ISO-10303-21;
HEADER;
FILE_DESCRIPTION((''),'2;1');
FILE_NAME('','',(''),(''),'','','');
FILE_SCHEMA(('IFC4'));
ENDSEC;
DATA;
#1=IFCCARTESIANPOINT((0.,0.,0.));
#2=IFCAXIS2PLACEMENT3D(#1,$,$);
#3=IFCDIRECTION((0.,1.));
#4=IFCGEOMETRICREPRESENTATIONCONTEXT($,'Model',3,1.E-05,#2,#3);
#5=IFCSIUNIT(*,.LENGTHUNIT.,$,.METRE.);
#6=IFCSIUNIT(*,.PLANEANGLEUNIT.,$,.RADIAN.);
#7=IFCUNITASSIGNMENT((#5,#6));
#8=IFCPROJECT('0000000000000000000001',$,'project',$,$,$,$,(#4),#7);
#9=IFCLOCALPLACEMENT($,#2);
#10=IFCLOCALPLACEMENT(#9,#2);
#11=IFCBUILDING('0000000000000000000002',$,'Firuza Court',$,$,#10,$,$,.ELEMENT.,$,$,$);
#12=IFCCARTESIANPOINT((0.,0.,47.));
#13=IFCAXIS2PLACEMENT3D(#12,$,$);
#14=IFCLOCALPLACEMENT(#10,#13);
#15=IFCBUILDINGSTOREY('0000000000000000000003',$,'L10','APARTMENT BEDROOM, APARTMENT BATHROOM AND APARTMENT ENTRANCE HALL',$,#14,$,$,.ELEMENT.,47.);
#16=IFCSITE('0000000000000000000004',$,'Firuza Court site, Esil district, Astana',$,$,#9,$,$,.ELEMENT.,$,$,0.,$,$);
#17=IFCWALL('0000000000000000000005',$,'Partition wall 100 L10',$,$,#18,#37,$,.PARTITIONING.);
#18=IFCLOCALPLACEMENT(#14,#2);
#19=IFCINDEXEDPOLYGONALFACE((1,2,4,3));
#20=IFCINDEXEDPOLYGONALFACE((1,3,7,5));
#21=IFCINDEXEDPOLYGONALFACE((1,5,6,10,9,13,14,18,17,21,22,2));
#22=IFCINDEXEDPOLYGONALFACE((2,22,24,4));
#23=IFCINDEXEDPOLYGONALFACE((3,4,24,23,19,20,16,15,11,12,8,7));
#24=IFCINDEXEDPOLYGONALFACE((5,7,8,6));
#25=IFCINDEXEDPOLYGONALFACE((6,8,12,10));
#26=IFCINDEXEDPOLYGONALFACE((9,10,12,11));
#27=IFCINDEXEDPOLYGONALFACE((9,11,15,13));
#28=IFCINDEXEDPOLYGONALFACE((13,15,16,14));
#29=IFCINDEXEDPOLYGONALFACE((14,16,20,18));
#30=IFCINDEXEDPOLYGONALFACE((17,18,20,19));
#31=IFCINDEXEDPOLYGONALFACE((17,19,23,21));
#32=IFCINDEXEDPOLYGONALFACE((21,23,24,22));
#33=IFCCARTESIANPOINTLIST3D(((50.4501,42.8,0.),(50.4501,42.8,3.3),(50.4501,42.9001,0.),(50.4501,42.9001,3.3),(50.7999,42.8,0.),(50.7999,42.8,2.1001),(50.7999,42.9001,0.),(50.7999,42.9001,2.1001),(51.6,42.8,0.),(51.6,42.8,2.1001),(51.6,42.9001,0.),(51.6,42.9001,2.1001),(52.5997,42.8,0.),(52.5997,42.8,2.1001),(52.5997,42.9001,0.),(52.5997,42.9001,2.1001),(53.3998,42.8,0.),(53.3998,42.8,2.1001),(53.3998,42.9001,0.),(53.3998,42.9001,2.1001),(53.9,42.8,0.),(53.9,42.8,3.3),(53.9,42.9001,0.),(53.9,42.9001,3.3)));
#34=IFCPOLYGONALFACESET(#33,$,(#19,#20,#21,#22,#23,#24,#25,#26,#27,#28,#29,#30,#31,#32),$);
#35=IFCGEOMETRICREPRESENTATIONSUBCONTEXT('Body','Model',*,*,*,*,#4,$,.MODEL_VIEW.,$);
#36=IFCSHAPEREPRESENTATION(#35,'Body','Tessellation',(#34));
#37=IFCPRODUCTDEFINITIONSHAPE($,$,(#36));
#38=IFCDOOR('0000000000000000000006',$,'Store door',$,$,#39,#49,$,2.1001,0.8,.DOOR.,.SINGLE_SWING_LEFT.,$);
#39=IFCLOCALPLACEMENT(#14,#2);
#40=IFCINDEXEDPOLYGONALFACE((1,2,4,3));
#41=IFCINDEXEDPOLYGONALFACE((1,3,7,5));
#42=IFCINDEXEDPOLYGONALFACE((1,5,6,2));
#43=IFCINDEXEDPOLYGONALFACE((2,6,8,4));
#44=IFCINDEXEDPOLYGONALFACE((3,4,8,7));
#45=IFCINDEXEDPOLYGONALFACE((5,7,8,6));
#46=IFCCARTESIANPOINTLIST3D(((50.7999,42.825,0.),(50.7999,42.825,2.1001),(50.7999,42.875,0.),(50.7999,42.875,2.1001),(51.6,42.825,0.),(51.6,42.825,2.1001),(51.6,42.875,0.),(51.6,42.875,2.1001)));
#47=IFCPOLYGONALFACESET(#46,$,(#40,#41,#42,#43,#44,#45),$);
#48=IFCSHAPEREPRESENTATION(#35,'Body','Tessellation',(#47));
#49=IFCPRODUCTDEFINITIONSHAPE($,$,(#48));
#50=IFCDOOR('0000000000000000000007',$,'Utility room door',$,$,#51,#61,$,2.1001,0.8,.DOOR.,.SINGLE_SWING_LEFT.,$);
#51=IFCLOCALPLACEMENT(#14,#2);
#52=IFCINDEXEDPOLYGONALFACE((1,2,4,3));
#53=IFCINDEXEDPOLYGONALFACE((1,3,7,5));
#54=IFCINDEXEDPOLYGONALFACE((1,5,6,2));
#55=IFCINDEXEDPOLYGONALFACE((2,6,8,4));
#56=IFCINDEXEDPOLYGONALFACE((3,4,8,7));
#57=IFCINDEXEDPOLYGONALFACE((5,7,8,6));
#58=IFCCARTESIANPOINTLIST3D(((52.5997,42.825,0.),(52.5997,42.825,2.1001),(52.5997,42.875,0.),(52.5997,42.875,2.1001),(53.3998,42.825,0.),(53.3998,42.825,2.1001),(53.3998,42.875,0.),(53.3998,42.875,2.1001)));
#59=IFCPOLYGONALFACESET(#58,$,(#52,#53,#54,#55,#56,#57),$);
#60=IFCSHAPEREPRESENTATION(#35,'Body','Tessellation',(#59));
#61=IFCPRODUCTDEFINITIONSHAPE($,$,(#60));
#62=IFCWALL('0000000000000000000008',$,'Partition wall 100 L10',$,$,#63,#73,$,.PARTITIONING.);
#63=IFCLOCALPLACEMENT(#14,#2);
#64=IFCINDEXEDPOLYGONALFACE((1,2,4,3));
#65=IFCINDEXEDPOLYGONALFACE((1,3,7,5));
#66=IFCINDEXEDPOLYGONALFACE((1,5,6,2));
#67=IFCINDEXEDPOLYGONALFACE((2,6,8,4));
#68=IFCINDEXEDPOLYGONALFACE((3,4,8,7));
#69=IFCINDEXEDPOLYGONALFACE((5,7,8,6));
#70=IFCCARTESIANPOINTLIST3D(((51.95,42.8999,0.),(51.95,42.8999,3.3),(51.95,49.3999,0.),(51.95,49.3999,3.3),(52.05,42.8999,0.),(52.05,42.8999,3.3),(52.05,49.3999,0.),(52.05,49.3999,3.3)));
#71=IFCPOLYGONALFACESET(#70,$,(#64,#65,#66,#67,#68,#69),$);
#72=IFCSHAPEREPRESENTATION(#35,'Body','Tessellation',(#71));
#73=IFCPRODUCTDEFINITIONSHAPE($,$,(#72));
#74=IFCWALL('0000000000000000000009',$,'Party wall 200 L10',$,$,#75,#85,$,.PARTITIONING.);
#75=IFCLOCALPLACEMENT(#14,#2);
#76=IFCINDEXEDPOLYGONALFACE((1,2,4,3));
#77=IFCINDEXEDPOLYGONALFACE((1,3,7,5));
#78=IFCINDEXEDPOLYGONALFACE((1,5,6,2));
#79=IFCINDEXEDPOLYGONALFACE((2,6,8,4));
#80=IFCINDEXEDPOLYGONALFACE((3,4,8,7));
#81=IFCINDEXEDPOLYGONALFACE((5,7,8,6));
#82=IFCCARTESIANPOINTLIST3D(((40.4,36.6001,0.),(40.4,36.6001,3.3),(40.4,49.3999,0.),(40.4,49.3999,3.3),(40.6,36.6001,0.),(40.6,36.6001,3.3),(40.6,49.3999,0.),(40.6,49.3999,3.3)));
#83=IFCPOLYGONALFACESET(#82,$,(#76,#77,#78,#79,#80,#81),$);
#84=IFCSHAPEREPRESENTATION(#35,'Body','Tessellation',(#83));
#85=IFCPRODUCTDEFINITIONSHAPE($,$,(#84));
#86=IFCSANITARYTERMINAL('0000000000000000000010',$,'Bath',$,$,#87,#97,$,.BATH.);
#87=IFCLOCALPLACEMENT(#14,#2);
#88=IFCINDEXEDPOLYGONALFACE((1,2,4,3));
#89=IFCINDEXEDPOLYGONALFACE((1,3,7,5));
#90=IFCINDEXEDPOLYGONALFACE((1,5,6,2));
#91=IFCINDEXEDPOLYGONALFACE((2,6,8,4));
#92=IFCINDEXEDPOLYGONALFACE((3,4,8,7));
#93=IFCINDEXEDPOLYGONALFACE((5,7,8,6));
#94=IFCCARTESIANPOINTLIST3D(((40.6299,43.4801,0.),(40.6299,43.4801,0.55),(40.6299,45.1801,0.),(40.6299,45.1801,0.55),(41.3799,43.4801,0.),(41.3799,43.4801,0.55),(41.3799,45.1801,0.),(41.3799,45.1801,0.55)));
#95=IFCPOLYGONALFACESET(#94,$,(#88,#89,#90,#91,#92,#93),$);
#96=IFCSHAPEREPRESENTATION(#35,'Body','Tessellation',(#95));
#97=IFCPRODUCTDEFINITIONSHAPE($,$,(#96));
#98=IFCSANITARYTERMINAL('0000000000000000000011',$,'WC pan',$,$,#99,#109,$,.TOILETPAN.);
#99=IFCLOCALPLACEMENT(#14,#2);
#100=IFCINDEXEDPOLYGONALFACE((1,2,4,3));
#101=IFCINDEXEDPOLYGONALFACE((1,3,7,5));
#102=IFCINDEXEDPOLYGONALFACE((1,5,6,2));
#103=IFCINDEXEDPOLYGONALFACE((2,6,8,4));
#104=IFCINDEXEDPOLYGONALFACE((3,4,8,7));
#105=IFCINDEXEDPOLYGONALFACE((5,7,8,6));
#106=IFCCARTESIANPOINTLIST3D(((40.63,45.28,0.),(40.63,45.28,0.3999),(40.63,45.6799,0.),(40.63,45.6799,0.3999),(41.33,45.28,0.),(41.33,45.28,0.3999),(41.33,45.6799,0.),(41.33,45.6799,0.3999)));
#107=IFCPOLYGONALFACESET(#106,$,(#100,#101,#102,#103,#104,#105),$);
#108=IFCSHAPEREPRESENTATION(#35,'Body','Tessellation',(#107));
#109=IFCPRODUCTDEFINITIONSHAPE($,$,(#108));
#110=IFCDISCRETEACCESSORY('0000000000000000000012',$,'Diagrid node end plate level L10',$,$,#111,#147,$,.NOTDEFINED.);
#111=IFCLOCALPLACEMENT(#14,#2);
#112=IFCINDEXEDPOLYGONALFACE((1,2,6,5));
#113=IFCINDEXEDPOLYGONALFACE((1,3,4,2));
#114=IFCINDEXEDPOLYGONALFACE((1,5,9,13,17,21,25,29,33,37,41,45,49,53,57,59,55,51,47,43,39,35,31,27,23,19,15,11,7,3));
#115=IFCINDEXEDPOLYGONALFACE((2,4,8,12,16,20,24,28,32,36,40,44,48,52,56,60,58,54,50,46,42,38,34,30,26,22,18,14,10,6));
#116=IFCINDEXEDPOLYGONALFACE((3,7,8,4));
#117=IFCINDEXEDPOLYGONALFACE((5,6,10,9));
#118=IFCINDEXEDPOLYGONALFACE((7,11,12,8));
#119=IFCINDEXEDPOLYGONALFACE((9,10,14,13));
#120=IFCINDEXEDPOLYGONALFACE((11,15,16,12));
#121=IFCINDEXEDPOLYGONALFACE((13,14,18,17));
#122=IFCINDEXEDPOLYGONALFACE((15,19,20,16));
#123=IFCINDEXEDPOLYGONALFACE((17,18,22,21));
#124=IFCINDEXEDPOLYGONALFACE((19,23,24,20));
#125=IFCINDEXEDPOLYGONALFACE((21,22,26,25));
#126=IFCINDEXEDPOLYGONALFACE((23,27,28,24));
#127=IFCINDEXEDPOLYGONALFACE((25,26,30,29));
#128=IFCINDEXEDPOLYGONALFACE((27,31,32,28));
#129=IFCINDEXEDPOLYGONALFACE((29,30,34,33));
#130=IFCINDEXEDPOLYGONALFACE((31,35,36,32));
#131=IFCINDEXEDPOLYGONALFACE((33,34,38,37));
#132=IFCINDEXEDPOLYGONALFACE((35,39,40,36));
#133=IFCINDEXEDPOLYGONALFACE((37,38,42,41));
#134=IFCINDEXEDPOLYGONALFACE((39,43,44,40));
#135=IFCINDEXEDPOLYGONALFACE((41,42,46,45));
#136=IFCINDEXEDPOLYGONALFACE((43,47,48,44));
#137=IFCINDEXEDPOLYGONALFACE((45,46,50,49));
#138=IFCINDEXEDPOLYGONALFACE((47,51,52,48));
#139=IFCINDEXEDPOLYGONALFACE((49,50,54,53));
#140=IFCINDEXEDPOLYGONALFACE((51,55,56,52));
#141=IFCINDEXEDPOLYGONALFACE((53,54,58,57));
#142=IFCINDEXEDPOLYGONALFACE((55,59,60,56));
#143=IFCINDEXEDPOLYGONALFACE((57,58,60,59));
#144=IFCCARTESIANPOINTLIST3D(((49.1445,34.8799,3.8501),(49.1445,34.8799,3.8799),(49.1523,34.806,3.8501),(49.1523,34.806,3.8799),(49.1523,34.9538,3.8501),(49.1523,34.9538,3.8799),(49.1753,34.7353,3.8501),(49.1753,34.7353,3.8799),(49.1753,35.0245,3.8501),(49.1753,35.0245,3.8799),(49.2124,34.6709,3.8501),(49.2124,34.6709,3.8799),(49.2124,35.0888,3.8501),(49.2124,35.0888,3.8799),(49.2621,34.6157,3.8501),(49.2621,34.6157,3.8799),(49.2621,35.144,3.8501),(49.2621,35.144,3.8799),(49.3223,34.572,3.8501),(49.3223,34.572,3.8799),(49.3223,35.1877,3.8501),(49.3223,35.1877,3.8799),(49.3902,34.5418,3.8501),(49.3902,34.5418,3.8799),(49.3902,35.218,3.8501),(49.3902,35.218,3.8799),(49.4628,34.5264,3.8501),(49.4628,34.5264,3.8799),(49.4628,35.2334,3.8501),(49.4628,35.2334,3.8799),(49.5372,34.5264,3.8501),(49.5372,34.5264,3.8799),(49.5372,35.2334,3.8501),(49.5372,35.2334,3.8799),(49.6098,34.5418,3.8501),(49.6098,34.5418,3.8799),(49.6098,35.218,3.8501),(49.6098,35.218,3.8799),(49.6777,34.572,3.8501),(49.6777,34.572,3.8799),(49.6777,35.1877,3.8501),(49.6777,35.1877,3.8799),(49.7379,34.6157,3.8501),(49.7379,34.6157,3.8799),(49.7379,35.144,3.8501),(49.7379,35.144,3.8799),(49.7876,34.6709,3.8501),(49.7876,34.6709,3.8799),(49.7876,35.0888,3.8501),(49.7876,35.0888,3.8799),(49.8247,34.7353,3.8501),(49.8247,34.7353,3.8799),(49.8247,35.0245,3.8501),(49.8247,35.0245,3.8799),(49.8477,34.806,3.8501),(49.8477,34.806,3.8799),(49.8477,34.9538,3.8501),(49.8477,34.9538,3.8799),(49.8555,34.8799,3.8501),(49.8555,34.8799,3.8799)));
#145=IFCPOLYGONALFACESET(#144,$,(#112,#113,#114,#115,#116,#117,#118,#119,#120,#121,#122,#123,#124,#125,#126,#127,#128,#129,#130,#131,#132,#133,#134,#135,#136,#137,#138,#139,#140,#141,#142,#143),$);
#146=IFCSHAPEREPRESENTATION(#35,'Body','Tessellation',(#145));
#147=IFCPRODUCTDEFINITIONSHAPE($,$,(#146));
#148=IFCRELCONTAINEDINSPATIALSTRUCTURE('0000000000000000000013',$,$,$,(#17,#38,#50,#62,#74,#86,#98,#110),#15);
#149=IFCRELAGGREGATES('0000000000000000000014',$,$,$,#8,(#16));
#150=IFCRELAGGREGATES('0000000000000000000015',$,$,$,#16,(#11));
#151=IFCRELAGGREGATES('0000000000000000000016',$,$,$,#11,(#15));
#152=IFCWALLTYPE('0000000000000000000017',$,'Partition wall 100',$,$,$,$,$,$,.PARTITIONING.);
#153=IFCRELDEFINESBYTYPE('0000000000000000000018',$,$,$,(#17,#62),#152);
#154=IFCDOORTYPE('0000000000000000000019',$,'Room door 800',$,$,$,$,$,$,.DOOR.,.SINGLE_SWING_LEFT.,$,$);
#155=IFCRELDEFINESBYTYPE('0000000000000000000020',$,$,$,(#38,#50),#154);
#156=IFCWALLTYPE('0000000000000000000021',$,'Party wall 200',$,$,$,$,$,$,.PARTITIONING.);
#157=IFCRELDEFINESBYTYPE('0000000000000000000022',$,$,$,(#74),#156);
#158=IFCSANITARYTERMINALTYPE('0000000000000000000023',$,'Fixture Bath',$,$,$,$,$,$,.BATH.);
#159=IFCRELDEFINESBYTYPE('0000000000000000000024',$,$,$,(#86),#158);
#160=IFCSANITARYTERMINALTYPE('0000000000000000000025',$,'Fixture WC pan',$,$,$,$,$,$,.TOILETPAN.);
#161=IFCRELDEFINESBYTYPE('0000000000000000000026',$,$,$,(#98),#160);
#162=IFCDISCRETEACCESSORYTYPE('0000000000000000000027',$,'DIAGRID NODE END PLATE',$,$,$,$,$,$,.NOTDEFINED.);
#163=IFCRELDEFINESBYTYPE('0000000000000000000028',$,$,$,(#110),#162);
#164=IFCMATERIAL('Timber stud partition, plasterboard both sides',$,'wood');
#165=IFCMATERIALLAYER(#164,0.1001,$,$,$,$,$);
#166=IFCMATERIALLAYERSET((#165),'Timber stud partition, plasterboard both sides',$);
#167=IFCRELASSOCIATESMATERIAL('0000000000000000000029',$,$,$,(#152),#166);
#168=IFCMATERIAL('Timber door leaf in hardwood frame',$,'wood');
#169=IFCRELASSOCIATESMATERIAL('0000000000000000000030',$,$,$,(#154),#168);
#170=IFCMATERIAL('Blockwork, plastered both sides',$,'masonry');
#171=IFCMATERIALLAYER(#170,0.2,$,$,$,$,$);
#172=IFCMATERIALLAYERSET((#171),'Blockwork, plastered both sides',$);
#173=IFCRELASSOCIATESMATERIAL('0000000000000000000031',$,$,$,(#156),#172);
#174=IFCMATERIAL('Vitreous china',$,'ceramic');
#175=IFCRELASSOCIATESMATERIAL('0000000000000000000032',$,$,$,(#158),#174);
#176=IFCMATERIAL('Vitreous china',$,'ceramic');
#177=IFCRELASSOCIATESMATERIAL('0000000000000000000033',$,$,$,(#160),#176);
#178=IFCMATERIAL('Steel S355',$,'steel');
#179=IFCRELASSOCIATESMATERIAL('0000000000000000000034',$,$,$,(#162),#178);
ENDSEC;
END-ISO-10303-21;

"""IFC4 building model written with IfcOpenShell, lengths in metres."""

from ifc_helpers import new_model, si_unit, direction, frame, frame_2d, origin, origin_2d, place, context, subcontext, project, spatial, rectangle, circle, extrude, material, layer, layer_set, material_profile, profile_set, type_object, element, fill, save


model = new_model("IFC4")

# Units and contexts
model_context = context("Model", 3, precision=1e-05, world=origin(), true_north=direction((0.0, 1.0)))
body_context = subcontext(model_context, "Body", "Model", "MODEL_VIEW")
ifc_project = project(units=[si_unit("LENGTHUNIT", "METRE"), si_unit("PLANEANGLEUNIT", "RADIAN")], contexts=[model_context])

# Site, building, storey
site_placement = place(None, origin())
site = spatial("IfcSite", under=ifc_project, at=site_placement, Name="Firuza Court site, Esil district, Astana", CompositionType="ELEMENT", RefElevation=0.0)
building_placement = place(site_placement, origin())
building = spatial("IfcBuilding", under=site, at=building_placement, Name="Firuza Court", CompositionType="ELEMENT")
storey_placement = place(building_placement, frame((0.0, 0.0, 47.0)))
storey = spatial("IfcBuildingStorey", under=building, at=storey_placement, Name="L10", Description="APARTMENT BEDROOM, APARTMENT BATHROOM AND APARTMENT ENTRANCE HALL", CompositionType="ELEMENT", Elevation=47.0)

# Shared definitions
ifc_material_1 = material(Name="Timber stud partition, plasterboard both sides", Category="wood")
ifc_layer_1 = layer(ifc_material_1, 0.1001)
ifc_layer_set_1 = layer_set([ifc_layer_1], Name="Timber stud partition, plasterboard both sides")
wall_type_1 = type_object("IfcWallType", Name="Partition wall 100", PredefinedType="PARTITIONING", material=ifc_layer_set_1)

# Wall, openings, doors
wall_1_placement = place(storey_placement, frame((50.45, 42.8501, 0.0), z_axis=(0.0, 0.0, 1.0), x_axis=(1.0, 0.0, 0.0)))
wall_1 = element("IfcWall", 1, at=wall_1_placement, inside=storey, type_object=wall_type_1, Name="Partition wall 100 L10", PredefinedType="PARTITIONING", context=body_context, shape_type="SweptSolid", body=[
    extrude(rectangle(XDim=3.45, YDim=0.1001, at=frame_2d((1.7251, 0.0))), origin(), (0.0, 0.0, 1.0), 3.3),
])
opening_1_placement = place(wall_1_placement, frame((0.3501, 0.0, 0.0)))
opening_1 = element("IfcOpeningElement", 2, at=opening_1_placement, cuts=wall_1, PredefinedType="OPENING", context=body_context, shape_type="SweptSolid", body=[
    extrude(rectangle(XDim=0.8, YDim=2.1001, at=frame_2d((0.3999, 1.05))), frame((0.0, 0.062, 0.0), z_axis=(0.0, -1.0, 0.0), x_axis=(1.0, 0.0, 0.0)), (0.0, 0.0, 1.0), 0.124),
])
opening_2_placement = place(wall_1_placement, frame((2.1499, 0.0, 0.0)))
opening_2 = element("IfcOpeningElement", 3, at=opening_2_placement, cuts=wall_1, PredefinedType="OPENING", context=body_context, shape_type="SweptSolid", body=[
    extrude(rectangle(XDim=0.8, YDim=2.1001, at=frame_2d((0.3999, 1.05))), frame((0.0, 0.062, 0.0), z_axis=(0.0, -1.0, 0.0), x_axis=(1.0, 0.0, 0.0)), (0.0, 0.0, 1.0), 0.124),
])
ifc_material_2 = material(Name="Timber door leaf in hardwood frame", Category="wood")
door_type_1 = type_object("IfcDoorType", Name="Room door 800", OperationType="SINGLE_SWING_LEFT", PredefinedType="DOOR", material=ifc_material_2)
door_1_placement = place(opening_1_placement, origin())
door_1 = element("IfcDoor", 4, at=door_1_placement, inside=storey, type_object=door_type_1, Name="Store door", OperationType="SINGLE_SWING_LEFT", OverallHeight=2.1001, OverallWidth=0.8, PredefinedType="DOOR", context=body_context, shape_type="SweptSolid", body=[
    extrude(rectangle(XDim=0.8, YDim=2.1001, at=frame_2d((0.3999, 1.05))), frame((0.0, 0.0249, 0.0), z_axis=(0.0, -1.0, 0.0), x_axis=(1.0, 0.0, 0.0)), (0.0, 0.0, 1.0), 0.05),
])
fill(opening_1, door_1)
door_2_placement = place(opening_2_placement, origin())
door_2 = element("IfcDoor", 5, at=door_2_placement, inside=storey, type_object=door_type_1, Name="Utility room door", OperationType="SINGLE_SWING_LEFT", OverallHeight=2.1001, OverallWidth=0.8, PredefinedType="DOOR", context=body_context, shape_type="SweptSolid", body=[
    extrude(rectangle(XDim=0.8, YDim=2.1001, at=frame_2d((0.3999, 1.05))), frame((0.0, 0.0249, 0.0), z_axis=(0.0, -1.0, 0.0), x_axis=(1.0, 0.0, 0.0)), (0.0, 0.0, 1.0), 0.05),
])
fill(opening_2, door_2)

# Walls
wall_2_placement = place(storey_placement, frame((52.0, 42.8999, 0.0), z_axis=(0.0, 0.0, 1.0), x_axis=(0.0, 1.0, 0.0)))
element("IfcWall", 6, at=wall_2_placement, inside=storey, type_object=wall_type_1, Name="Partition wall 100 L10", PredefinedType="PARTITIONING", context=body_context, shape_type="SweptSolid", body=[
    extrude(rectangle(XDim=6.5, YDim=0.1001, at=frame_2d((3.25, 0.0))), origin(), (0.0, 0.0, 1.0), 3.3),
])
ifc_material_3 = material(Name="Blockwork, plastered both sides", Category="masonry")
ifc_layer_2 = layer(ifc_material_3, 0.2)
ifc_layer_set_2 = layer_set([ifc_layer_2], Name="Blockwork, plastered both sides")
wall_type_2 = type_object("IfcWallType", Name="Party wall 200", PredefinedType="PARTITIONING", material=ifc_layer_set_2)
wall_3_placement = place(storey_placement, frame((40.5, 36.6001, 0.0), z_axis=(0.0, 0.0, 1.0), x_axis=(0.0, 1.0, 0.0)))
element("IfcWall", 7, at=wall_3_placement, inside=storey, type_object=wall_type_2, Name="Party wall 200 L10", PredefinedType="PARTITIONING", context=body_context, shape_type="SweptSolid", body=[
    extrude(rectangle(XDim=12.7998, YDim=0.2, at=frame_2d((6.3999, 0.0))), origin(), (0.0, 0.0, 1.0), 3.3),
])

# Sanitary terminals
ifc_material_4 = material(Name="Vitreous china", Category="ceramic")
sanitary_terminal_type_1 = type_object("IfcSanitaryTerminalType", Name="Fixture Bath", PredefinedType="BATH", material=ifc_material_4)
sanitary_terminal_1_placement = place(storey_placement, frame((41.0049, 44.3301, 0.0), z_axis=(0.0, 0.0, 1.0), x_axis=(1.0, 0.0, 0.0)))
element("IfcSanitaryTerminal", 8, at=sanitary_terminal_1_placement, inside=storey, type_object=sanitary_terminal_type_1, Name="Bath", PredefinedType="BATH", context=body_context, shape_type="SweptSolid", body=[
    extrude(rectangle(XDim=0.75, YDim=1.7, at=origin_2d()), origin(), (0.0, 0.0, 1.0), 0.55),
])
ifc_material_5 = material(Name="Vitreous china", Category="ceramic")
sanitary_terminal_type_2 = type_object("IfcSanitaryTerminalType", Name="Fixture WC pan", PredefinedType="TOILETPAN", material=ifc_material_5)
sanitary_terminal_2_placement = place(storey_placement, frame((40.98, 45.48, 0.0), z_axis=(0.0, 0.0, 1.0), x_axis=(1.0, 0.0, 0.0)))
element("IfcSanitaryTerminal", 9, at=sanitary_terminal_2_placement, inside=storey, type_object=sanitary_terminal_type_2, Name="WC pan", PredefinedType="TOILETPAN", context=body_context, shape_type="SweptSolid", body=[
    extrude(rectangle(XDim=0.7, YDim=0.3999, at=origin_2d()), origin(), (0.0, 0.0, 1.0), 0.3999),
])

# Discrete accessory
ifc_material_6 = material(Name="Steel S355", Category="steel")
ifc_material_profile_1 = material_profile(ifc_material_6, circle(Radius=0.3555, at=origin_2d()), Name="PL D711")
ifc_profile_set_1 = profile_set([ifc_material_profile_1], Name="Steel S355")
discrete_accessory_type = type_object("IfcDiscreteAccessoryType", Name="DIAGRID NODE END PLATE", PredefinedType="NOTDEFINED", material=ifc_profile_set_1)
discrete_accessory_1_placement = place(storey_placement, frame((49.5, 34.8799, 3.8501), z_axis=(0.0, 0.0, 1.0), x_axis=(1.0, 0.0, 0.0)))
element("IfcDiscreteAccessory", 10, at=discrete_accessory_1_placement, inside=storey, type_object=discrete_accessory_type, Name="Diagrid node end plate level L10", PredefinedType="NOTDEFINED", context=body_context, shape_type="SweptSolid", body=[
    extrude(circle(Radius=0.3555, at=origin_2d()), origin(), (0.0, 0.0, 1.0), 0.0298),
])

save(model, "model.ifc")
